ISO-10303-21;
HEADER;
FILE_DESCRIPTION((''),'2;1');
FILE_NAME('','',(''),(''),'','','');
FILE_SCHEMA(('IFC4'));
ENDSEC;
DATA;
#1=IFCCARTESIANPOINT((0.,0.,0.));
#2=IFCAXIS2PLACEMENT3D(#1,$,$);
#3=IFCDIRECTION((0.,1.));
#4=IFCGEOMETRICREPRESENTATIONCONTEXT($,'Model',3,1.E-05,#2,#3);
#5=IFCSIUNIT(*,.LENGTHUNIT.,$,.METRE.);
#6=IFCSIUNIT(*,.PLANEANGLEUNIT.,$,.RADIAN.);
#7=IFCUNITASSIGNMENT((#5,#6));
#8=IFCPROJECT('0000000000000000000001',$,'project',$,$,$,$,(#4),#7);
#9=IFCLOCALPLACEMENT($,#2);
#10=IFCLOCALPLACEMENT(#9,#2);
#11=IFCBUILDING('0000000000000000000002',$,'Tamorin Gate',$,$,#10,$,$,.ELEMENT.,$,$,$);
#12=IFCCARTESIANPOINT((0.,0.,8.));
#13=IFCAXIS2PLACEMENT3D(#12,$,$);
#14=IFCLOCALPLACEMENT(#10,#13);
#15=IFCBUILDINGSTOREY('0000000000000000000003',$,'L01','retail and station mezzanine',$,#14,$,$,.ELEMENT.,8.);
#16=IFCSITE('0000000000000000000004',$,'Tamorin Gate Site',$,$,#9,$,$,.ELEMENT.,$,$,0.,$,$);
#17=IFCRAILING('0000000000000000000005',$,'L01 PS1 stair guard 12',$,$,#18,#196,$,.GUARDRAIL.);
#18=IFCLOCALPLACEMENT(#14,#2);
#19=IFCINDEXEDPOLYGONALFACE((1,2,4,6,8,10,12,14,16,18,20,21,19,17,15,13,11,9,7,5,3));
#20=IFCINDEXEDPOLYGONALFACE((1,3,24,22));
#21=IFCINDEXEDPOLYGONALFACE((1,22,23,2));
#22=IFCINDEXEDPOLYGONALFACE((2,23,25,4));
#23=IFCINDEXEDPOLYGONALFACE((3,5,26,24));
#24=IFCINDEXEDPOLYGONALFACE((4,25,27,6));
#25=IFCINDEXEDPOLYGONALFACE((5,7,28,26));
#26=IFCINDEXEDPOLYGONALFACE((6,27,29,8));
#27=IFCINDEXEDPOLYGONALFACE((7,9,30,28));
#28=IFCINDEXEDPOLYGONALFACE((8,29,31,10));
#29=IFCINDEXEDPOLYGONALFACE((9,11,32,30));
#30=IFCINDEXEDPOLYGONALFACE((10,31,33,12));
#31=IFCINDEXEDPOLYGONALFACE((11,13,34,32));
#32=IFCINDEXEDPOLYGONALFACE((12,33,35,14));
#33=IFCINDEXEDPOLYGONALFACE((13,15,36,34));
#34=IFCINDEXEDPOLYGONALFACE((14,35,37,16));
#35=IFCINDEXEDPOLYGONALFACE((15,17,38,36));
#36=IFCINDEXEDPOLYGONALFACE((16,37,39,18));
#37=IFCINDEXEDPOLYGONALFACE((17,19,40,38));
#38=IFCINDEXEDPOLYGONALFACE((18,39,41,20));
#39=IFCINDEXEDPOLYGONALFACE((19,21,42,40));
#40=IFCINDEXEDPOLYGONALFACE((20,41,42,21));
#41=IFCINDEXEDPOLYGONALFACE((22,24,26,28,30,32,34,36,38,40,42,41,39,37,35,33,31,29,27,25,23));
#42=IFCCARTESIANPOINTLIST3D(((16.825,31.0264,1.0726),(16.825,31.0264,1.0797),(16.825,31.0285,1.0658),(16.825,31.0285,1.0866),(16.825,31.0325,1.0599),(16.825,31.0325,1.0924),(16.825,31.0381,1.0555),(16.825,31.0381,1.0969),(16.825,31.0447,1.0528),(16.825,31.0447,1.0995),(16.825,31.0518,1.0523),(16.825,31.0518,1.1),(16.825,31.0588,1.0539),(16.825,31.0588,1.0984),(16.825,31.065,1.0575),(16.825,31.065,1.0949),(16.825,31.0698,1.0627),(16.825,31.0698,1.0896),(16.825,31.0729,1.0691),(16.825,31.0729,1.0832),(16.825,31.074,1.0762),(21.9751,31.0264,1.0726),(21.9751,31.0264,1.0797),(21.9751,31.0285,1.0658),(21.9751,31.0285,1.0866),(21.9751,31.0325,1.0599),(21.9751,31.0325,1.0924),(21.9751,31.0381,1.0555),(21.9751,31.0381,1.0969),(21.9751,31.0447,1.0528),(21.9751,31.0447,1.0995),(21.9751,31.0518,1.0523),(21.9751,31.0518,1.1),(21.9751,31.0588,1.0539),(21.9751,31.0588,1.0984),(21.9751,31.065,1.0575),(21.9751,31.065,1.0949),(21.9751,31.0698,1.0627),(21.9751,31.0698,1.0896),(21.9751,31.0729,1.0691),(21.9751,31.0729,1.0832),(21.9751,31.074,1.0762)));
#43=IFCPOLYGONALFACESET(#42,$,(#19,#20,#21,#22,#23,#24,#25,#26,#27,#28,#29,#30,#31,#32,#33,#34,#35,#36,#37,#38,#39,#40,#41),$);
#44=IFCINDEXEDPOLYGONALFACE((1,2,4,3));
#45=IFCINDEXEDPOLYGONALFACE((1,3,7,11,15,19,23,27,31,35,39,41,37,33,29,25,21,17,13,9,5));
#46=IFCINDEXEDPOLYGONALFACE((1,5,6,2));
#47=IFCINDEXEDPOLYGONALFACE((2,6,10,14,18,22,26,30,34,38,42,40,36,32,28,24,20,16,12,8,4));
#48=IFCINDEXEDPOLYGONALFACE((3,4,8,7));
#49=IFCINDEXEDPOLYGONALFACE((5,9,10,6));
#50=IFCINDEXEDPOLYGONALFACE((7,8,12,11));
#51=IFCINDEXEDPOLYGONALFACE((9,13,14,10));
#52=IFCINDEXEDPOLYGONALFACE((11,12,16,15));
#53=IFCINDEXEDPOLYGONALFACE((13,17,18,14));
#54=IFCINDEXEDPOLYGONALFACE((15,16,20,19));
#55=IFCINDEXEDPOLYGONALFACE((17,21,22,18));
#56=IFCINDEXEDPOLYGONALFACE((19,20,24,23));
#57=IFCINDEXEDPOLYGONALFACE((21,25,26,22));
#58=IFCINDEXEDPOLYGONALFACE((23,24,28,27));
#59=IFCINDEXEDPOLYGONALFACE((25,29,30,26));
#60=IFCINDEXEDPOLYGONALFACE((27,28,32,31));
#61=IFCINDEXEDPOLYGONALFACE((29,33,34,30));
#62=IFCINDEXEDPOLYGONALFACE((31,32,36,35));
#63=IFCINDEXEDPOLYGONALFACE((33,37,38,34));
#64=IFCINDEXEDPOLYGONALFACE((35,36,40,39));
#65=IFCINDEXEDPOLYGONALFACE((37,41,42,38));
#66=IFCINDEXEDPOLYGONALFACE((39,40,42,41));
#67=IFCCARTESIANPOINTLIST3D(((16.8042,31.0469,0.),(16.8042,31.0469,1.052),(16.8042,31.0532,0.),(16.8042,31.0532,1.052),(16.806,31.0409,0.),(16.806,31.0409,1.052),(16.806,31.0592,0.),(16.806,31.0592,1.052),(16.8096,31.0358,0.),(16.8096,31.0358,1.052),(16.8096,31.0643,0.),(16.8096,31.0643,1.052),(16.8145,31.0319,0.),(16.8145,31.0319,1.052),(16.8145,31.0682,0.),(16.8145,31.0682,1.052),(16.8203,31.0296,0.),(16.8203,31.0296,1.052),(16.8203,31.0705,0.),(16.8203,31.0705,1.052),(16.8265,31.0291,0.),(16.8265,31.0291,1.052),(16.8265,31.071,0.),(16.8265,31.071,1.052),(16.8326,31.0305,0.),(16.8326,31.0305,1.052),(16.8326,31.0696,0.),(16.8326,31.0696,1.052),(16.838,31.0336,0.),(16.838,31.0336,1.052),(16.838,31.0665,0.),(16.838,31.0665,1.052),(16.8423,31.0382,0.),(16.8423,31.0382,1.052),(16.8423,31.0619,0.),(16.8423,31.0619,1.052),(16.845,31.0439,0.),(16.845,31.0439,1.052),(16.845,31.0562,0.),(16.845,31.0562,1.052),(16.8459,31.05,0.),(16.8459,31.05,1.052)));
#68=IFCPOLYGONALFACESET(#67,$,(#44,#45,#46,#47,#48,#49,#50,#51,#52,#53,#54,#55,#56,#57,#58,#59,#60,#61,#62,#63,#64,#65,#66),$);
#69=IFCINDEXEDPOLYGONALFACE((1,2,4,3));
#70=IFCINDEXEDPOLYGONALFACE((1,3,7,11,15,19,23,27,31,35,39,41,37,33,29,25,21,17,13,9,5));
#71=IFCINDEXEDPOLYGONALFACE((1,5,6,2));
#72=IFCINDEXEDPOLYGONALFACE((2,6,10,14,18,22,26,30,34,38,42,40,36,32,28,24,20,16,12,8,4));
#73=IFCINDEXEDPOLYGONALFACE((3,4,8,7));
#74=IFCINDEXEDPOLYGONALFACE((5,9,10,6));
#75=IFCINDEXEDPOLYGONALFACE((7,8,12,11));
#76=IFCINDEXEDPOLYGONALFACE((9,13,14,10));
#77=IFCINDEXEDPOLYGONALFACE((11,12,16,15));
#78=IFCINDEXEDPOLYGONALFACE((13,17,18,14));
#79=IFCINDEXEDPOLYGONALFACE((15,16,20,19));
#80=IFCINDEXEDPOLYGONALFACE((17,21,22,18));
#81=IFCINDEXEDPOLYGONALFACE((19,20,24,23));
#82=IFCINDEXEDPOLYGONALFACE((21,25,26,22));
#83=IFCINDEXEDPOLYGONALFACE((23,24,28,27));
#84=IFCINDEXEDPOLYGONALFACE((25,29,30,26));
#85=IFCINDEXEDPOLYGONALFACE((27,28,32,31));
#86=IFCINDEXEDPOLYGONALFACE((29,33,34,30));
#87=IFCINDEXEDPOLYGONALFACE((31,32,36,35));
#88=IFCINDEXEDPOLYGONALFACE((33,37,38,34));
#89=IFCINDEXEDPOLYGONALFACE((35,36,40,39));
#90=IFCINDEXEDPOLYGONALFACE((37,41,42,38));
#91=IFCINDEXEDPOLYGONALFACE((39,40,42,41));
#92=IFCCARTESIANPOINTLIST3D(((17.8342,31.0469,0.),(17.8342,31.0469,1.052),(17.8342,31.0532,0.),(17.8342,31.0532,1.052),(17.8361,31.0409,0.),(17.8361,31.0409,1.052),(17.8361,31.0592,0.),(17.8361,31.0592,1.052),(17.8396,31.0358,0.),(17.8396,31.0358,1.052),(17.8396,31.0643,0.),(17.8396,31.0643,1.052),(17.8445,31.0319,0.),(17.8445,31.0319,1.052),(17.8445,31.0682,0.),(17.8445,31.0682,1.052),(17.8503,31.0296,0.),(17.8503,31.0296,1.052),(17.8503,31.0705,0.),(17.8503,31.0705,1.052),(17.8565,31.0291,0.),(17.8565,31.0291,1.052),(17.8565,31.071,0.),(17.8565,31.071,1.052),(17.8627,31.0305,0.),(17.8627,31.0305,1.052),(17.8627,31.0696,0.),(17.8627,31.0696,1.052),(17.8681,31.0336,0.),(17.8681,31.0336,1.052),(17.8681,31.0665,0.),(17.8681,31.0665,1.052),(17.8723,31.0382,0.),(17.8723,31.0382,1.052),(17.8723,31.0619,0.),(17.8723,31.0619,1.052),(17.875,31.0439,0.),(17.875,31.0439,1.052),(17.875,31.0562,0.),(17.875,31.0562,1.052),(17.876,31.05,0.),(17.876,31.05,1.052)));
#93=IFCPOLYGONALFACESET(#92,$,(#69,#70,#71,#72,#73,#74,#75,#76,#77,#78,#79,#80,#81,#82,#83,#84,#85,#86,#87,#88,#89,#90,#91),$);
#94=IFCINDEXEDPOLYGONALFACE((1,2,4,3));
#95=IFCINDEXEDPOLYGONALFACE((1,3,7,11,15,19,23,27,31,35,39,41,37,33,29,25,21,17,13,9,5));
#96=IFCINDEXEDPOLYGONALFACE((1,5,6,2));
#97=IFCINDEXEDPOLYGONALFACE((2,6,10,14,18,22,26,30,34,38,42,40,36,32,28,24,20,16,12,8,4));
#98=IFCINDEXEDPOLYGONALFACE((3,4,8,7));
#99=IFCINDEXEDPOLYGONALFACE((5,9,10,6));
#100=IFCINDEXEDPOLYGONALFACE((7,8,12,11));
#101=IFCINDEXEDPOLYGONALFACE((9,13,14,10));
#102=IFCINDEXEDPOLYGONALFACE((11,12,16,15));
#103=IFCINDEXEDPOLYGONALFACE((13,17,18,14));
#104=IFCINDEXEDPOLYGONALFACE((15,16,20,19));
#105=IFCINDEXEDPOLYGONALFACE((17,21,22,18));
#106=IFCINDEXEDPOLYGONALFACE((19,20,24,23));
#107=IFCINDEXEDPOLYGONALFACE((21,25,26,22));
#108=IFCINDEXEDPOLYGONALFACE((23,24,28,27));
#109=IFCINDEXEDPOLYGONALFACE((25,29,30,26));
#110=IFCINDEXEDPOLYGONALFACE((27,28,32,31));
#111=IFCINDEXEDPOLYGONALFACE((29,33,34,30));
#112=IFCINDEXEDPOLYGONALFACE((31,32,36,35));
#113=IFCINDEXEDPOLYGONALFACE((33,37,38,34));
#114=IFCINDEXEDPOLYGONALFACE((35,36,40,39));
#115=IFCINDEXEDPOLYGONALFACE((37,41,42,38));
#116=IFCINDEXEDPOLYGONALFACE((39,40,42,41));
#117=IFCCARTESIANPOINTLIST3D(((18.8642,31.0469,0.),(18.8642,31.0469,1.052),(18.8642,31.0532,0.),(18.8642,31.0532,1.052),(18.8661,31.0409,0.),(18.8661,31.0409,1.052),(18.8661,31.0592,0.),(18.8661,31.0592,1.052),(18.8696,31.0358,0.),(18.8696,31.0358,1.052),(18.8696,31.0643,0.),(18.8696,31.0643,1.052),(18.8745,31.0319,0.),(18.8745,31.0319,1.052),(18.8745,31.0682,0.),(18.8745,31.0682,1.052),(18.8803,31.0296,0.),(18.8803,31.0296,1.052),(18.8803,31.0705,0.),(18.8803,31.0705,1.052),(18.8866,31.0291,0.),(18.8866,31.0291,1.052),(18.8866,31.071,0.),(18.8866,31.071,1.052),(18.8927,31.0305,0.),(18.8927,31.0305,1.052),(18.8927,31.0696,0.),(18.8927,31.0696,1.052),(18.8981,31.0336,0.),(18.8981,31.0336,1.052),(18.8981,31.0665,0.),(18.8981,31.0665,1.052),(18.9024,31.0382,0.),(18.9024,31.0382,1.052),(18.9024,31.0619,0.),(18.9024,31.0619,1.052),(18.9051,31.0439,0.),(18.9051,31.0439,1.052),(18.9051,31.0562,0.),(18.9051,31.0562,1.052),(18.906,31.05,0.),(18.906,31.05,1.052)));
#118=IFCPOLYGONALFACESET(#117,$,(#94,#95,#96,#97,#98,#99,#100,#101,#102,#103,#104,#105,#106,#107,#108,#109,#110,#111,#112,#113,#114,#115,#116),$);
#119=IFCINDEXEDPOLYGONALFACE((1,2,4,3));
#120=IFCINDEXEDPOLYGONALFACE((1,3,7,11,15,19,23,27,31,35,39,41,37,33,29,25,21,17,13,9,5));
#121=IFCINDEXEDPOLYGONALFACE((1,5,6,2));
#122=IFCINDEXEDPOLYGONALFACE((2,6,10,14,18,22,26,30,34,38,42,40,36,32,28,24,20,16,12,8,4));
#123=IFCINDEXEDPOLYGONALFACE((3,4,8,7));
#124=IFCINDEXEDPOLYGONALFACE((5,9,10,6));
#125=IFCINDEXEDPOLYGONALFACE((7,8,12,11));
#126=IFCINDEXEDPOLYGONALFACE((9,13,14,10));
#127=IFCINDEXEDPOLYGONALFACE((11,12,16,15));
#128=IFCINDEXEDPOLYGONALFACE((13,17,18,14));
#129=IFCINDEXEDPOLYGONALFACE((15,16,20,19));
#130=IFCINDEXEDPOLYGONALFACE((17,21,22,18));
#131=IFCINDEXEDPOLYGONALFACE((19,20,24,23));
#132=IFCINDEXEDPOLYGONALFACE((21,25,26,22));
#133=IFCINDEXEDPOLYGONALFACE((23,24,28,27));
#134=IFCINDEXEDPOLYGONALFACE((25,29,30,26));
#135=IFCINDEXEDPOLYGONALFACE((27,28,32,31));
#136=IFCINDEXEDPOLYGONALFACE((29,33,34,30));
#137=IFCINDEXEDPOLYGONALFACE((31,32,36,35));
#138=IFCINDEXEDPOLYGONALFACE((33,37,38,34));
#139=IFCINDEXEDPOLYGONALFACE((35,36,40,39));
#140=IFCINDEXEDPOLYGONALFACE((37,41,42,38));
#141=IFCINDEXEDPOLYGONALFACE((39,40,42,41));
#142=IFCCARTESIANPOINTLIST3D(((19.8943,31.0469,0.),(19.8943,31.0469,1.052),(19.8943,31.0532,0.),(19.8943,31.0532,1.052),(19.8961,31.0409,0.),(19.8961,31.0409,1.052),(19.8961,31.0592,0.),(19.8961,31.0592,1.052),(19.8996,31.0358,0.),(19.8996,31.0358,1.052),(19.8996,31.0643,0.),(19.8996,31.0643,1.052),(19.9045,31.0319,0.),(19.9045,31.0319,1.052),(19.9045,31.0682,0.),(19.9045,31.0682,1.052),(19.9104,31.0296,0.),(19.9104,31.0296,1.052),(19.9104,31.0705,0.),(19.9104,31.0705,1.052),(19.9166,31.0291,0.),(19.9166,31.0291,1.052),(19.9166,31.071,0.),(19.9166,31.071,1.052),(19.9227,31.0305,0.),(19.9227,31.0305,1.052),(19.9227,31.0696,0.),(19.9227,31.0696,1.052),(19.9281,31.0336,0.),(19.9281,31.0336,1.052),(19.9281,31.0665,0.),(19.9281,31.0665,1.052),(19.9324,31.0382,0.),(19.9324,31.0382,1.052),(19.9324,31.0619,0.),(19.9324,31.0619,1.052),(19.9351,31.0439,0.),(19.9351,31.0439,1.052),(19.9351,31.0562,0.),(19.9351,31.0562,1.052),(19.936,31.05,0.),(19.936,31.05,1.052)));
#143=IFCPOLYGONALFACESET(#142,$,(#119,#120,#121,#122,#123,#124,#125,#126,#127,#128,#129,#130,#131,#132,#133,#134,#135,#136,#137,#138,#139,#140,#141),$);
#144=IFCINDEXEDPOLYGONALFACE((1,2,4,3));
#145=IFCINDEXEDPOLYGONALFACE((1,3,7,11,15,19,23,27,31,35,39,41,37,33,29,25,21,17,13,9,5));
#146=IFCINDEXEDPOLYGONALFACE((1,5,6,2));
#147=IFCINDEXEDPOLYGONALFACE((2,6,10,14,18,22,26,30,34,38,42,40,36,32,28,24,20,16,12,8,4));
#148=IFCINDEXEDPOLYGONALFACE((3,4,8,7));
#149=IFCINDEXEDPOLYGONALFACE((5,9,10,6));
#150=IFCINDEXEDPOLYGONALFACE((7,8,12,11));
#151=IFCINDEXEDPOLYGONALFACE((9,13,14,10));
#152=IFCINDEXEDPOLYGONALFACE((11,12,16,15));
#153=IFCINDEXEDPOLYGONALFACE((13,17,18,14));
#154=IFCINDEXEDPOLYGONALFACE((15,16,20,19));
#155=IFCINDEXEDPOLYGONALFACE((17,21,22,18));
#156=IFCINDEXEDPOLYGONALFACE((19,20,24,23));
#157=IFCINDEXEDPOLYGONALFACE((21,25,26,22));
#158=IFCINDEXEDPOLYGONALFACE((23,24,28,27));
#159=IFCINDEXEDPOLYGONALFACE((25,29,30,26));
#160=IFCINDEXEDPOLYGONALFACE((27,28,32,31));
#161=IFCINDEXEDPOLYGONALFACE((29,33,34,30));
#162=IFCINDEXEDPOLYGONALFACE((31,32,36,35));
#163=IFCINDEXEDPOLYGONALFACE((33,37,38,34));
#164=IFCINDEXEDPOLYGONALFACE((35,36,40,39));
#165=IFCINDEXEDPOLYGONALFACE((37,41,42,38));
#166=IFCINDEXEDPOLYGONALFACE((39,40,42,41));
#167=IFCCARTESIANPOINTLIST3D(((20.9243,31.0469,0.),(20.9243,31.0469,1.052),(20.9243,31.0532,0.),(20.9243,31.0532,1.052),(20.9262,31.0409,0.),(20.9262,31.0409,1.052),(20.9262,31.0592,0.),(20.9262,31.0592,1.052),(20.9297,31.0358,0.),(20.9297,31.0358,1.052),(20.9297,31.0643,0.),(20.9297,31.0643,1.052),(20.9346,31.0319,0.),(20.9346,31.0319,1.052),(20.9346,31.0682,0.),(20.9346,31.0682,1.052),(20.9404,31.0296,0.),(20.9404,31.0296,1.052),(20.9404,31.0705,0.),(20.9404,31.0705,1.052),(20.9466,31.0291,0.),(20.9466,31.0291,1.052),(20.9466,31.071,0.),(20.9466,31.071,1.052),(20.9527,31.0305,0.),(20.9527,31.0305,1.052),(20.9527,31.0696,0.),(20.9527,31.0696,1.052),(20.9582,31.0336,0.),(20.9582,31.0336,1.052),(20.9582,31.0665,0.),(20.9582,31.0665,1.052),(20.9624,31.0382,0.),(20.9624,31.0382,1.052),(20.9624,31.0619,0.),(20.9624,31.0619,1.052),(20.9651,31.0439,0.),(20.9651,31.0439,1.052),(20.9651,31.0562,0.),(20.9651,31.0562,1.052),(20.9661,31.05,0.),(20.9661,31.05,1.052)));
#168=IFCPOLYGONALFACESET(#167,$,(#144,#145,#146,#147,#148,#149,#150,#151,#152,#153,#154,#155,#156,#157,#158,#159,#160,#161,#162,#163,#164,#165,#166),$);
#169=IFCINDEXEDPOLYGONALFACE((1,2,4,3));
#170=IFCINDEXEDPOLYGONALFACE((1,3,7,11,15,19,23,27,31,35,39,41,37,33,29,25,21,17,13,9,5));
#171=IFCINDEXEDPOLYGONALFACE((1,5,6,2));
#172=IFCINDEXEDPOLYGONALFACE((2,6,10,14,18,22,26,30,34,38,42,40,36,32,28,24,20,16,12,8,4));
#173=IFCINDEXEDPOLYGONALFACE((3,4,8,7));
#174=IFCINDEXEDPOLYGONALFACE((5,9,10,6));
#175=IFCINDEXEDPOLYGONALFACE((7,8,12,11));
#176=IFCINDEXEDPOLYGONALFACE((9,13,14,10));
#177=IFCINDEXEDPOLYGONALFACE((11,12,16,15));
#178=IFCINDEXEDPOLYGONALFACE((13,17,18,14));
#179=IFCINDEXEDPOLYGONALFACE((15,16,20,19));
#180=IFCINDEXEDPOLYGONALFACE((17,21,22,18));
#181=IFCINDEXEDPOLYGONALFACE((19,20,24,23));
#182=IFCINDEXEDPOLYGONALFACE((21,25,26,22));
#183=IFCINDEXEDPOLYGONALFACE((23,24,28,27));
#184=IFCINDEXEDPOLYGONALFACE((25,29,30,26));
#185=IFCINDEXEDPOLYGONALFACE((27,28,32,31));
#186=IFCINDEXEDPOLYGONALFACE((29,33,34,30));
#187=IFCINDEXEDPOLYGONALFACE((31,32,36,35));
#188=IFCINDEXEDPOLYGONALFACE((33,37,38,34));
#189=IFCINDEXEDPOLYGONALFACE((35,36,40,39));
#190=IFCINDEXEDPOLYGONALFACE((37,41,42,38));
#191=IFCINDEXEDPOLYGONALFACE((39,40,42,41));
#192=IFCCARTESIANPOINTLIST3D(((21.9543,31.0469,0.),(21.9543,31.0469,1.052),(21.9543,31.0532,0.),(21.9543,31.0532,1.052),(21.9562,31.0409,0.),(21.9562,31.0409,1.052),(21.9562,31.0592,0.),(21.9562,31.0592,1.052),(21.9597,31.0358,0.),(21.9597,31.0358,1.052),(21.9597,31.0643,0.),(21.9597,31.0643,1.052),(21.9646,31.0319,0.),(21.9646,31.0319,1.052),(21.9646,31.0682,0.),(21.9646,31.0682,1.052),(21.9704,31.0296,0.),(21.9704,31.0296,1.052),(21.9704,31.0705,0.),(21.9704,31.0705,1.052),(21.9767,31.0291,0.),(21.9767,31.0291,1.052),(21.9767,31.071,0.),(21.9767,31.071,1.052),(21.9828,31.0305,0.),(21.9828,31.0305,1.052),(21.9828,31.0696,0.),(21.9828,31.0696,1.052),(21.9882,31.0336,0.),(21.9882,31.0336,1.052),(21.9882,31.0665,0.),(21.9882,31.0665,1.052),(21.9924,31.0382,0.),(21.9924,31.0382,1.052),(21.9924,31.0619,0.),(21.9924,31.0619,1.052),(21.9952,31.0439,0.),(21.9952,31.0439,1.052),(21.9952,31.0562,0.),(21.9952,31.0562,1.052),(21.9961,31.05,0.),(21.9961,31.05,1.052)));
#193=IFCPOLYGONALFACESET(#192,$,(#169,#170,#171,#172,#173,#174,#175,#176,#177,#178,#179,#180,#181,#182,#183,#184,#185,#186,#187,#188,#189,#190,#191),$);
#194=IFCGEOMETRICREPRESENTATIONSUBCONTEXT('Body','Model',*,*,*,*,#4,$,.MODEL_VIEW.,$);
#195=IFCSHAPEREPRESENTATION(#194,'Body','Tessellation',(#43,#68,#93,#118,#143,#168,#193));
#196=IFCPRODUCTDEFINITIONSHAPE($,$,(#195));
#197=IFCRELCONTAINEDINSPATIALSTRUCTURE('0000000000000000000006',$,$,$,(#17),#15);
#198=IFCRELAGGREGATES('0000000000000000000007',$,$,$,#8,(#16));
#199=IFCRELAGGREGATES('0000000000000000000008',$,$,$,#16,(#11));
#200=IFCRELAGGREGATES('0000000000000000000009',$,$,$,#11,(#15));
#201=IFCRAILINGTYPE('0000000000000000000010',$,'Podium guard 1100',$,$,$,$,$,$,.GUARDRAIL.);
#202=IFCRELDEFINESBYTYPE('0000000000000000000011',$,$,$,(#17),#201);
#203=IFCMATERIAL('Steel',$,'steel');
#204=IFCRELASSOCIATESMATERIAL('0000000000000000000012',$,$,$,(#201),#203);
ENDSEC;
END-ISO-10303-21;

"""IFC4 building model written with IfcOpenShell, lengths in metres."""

from ifc_helpers import new_model, si_unit, direction, frame, origin, origin_2d, place, context, subcontext, project, spatial, circle, extrude, material, type_object, element, save


model = new_model("IFC4")

# Units and contexts
model_context = context("Model", 3, precision=1e-05, world=origin(), true_north=direction((0.0, 1.0)))
body_context = subcontext(model_context, "Body", "Model", "MODEL_VIEW")
ifc_project = project(units=[si_unit("LENGTHUNIT", "METRE"), si_unit("PLANEANGLEUNIT", "RADIAN")], contexts=[model_context])

# Site, building, storey
site_placement = place(None, origin())
site = spatial("IfcSite", under=ifc_project, at=site_placement, Name="Tamorin Gate Site", CompositionType="ELEMENT", RefElevation=0.0)
building_placement = place(site_placement, origin())
building = spatial("IfcBuilding", under=site, at=building_placement, Name="Tamorin Gate", CompositionType="ELEMENT")
storey_placement = place(building_placement, frame((0.0, 0.0, 8.0)))
storey = spatial("IfcBuildingStorey", under=building, at=storey_placement, Name="L01", Description="retail and station mezzanine", CompositionType="ELEMENT", Elevation=8.0)

# Railing
ifc_material_1 = material(Name="Steel", Category="steel")
railing_type = type_object("IfcRailingType", Name="Podium guard 1100", PredefinedType="GUARDRAIL", material=ifc_material_1)
railing_1_placement = place(storey_placement, frame((16.825, 31.05, 0.0)))
element("IfcRailing", 1, at=railing_1_placement, inside=storey, type_object=railing_type, Name="L01 PS1 stair guard 12", PredefinedType="GUARDRAIL", context=body_context, shape_type="SweptSolid", body=[
    extrude(circle(Radius=0.0239, at=origin_2d()), frame((0.0, 0.0, 1.0762), z_axis=(1.0, 0.0, 0.0), x_axis=(0.0, 1.0, 0.0)), (0.0, 0.0, 1.0), 5.1501),
    extrude(circle(Radius=0.021, at=origin_2d()), origin(), (0.0, 0.0, 1.0), 1.052),
    extrude(circle(Radius=0.021, at=origin_2d()), frame((1.03, 0.0, 0.0)), (0.0, 0.0, 1.0), 1.052),
    extrude(circle(Radius=0.021, at=origin_2d()), frame((2.0601, 0.0, 0.0)), (0.0, 0.0, 1.0), 1.052),
    extrude(circle(Radius=0.021, at=origin_2d()), frame((3.0901, 0.0, 0.0)), (0.0, 0.0, 1.0), 1.052),
    extrude(circle(Radius=0.021, at=origin_2d()), frame((4.1201, 0.0, 0.0)), (0.0, 0.0, 1.0), 1.052),
    extrude(circle(Radius=0.021, at=origin_2d()), frame((5.1501, 0.0, 0.0)), (0.0, 0.0, 1.0), 1.052),
])

save(model, "model.ifc")
